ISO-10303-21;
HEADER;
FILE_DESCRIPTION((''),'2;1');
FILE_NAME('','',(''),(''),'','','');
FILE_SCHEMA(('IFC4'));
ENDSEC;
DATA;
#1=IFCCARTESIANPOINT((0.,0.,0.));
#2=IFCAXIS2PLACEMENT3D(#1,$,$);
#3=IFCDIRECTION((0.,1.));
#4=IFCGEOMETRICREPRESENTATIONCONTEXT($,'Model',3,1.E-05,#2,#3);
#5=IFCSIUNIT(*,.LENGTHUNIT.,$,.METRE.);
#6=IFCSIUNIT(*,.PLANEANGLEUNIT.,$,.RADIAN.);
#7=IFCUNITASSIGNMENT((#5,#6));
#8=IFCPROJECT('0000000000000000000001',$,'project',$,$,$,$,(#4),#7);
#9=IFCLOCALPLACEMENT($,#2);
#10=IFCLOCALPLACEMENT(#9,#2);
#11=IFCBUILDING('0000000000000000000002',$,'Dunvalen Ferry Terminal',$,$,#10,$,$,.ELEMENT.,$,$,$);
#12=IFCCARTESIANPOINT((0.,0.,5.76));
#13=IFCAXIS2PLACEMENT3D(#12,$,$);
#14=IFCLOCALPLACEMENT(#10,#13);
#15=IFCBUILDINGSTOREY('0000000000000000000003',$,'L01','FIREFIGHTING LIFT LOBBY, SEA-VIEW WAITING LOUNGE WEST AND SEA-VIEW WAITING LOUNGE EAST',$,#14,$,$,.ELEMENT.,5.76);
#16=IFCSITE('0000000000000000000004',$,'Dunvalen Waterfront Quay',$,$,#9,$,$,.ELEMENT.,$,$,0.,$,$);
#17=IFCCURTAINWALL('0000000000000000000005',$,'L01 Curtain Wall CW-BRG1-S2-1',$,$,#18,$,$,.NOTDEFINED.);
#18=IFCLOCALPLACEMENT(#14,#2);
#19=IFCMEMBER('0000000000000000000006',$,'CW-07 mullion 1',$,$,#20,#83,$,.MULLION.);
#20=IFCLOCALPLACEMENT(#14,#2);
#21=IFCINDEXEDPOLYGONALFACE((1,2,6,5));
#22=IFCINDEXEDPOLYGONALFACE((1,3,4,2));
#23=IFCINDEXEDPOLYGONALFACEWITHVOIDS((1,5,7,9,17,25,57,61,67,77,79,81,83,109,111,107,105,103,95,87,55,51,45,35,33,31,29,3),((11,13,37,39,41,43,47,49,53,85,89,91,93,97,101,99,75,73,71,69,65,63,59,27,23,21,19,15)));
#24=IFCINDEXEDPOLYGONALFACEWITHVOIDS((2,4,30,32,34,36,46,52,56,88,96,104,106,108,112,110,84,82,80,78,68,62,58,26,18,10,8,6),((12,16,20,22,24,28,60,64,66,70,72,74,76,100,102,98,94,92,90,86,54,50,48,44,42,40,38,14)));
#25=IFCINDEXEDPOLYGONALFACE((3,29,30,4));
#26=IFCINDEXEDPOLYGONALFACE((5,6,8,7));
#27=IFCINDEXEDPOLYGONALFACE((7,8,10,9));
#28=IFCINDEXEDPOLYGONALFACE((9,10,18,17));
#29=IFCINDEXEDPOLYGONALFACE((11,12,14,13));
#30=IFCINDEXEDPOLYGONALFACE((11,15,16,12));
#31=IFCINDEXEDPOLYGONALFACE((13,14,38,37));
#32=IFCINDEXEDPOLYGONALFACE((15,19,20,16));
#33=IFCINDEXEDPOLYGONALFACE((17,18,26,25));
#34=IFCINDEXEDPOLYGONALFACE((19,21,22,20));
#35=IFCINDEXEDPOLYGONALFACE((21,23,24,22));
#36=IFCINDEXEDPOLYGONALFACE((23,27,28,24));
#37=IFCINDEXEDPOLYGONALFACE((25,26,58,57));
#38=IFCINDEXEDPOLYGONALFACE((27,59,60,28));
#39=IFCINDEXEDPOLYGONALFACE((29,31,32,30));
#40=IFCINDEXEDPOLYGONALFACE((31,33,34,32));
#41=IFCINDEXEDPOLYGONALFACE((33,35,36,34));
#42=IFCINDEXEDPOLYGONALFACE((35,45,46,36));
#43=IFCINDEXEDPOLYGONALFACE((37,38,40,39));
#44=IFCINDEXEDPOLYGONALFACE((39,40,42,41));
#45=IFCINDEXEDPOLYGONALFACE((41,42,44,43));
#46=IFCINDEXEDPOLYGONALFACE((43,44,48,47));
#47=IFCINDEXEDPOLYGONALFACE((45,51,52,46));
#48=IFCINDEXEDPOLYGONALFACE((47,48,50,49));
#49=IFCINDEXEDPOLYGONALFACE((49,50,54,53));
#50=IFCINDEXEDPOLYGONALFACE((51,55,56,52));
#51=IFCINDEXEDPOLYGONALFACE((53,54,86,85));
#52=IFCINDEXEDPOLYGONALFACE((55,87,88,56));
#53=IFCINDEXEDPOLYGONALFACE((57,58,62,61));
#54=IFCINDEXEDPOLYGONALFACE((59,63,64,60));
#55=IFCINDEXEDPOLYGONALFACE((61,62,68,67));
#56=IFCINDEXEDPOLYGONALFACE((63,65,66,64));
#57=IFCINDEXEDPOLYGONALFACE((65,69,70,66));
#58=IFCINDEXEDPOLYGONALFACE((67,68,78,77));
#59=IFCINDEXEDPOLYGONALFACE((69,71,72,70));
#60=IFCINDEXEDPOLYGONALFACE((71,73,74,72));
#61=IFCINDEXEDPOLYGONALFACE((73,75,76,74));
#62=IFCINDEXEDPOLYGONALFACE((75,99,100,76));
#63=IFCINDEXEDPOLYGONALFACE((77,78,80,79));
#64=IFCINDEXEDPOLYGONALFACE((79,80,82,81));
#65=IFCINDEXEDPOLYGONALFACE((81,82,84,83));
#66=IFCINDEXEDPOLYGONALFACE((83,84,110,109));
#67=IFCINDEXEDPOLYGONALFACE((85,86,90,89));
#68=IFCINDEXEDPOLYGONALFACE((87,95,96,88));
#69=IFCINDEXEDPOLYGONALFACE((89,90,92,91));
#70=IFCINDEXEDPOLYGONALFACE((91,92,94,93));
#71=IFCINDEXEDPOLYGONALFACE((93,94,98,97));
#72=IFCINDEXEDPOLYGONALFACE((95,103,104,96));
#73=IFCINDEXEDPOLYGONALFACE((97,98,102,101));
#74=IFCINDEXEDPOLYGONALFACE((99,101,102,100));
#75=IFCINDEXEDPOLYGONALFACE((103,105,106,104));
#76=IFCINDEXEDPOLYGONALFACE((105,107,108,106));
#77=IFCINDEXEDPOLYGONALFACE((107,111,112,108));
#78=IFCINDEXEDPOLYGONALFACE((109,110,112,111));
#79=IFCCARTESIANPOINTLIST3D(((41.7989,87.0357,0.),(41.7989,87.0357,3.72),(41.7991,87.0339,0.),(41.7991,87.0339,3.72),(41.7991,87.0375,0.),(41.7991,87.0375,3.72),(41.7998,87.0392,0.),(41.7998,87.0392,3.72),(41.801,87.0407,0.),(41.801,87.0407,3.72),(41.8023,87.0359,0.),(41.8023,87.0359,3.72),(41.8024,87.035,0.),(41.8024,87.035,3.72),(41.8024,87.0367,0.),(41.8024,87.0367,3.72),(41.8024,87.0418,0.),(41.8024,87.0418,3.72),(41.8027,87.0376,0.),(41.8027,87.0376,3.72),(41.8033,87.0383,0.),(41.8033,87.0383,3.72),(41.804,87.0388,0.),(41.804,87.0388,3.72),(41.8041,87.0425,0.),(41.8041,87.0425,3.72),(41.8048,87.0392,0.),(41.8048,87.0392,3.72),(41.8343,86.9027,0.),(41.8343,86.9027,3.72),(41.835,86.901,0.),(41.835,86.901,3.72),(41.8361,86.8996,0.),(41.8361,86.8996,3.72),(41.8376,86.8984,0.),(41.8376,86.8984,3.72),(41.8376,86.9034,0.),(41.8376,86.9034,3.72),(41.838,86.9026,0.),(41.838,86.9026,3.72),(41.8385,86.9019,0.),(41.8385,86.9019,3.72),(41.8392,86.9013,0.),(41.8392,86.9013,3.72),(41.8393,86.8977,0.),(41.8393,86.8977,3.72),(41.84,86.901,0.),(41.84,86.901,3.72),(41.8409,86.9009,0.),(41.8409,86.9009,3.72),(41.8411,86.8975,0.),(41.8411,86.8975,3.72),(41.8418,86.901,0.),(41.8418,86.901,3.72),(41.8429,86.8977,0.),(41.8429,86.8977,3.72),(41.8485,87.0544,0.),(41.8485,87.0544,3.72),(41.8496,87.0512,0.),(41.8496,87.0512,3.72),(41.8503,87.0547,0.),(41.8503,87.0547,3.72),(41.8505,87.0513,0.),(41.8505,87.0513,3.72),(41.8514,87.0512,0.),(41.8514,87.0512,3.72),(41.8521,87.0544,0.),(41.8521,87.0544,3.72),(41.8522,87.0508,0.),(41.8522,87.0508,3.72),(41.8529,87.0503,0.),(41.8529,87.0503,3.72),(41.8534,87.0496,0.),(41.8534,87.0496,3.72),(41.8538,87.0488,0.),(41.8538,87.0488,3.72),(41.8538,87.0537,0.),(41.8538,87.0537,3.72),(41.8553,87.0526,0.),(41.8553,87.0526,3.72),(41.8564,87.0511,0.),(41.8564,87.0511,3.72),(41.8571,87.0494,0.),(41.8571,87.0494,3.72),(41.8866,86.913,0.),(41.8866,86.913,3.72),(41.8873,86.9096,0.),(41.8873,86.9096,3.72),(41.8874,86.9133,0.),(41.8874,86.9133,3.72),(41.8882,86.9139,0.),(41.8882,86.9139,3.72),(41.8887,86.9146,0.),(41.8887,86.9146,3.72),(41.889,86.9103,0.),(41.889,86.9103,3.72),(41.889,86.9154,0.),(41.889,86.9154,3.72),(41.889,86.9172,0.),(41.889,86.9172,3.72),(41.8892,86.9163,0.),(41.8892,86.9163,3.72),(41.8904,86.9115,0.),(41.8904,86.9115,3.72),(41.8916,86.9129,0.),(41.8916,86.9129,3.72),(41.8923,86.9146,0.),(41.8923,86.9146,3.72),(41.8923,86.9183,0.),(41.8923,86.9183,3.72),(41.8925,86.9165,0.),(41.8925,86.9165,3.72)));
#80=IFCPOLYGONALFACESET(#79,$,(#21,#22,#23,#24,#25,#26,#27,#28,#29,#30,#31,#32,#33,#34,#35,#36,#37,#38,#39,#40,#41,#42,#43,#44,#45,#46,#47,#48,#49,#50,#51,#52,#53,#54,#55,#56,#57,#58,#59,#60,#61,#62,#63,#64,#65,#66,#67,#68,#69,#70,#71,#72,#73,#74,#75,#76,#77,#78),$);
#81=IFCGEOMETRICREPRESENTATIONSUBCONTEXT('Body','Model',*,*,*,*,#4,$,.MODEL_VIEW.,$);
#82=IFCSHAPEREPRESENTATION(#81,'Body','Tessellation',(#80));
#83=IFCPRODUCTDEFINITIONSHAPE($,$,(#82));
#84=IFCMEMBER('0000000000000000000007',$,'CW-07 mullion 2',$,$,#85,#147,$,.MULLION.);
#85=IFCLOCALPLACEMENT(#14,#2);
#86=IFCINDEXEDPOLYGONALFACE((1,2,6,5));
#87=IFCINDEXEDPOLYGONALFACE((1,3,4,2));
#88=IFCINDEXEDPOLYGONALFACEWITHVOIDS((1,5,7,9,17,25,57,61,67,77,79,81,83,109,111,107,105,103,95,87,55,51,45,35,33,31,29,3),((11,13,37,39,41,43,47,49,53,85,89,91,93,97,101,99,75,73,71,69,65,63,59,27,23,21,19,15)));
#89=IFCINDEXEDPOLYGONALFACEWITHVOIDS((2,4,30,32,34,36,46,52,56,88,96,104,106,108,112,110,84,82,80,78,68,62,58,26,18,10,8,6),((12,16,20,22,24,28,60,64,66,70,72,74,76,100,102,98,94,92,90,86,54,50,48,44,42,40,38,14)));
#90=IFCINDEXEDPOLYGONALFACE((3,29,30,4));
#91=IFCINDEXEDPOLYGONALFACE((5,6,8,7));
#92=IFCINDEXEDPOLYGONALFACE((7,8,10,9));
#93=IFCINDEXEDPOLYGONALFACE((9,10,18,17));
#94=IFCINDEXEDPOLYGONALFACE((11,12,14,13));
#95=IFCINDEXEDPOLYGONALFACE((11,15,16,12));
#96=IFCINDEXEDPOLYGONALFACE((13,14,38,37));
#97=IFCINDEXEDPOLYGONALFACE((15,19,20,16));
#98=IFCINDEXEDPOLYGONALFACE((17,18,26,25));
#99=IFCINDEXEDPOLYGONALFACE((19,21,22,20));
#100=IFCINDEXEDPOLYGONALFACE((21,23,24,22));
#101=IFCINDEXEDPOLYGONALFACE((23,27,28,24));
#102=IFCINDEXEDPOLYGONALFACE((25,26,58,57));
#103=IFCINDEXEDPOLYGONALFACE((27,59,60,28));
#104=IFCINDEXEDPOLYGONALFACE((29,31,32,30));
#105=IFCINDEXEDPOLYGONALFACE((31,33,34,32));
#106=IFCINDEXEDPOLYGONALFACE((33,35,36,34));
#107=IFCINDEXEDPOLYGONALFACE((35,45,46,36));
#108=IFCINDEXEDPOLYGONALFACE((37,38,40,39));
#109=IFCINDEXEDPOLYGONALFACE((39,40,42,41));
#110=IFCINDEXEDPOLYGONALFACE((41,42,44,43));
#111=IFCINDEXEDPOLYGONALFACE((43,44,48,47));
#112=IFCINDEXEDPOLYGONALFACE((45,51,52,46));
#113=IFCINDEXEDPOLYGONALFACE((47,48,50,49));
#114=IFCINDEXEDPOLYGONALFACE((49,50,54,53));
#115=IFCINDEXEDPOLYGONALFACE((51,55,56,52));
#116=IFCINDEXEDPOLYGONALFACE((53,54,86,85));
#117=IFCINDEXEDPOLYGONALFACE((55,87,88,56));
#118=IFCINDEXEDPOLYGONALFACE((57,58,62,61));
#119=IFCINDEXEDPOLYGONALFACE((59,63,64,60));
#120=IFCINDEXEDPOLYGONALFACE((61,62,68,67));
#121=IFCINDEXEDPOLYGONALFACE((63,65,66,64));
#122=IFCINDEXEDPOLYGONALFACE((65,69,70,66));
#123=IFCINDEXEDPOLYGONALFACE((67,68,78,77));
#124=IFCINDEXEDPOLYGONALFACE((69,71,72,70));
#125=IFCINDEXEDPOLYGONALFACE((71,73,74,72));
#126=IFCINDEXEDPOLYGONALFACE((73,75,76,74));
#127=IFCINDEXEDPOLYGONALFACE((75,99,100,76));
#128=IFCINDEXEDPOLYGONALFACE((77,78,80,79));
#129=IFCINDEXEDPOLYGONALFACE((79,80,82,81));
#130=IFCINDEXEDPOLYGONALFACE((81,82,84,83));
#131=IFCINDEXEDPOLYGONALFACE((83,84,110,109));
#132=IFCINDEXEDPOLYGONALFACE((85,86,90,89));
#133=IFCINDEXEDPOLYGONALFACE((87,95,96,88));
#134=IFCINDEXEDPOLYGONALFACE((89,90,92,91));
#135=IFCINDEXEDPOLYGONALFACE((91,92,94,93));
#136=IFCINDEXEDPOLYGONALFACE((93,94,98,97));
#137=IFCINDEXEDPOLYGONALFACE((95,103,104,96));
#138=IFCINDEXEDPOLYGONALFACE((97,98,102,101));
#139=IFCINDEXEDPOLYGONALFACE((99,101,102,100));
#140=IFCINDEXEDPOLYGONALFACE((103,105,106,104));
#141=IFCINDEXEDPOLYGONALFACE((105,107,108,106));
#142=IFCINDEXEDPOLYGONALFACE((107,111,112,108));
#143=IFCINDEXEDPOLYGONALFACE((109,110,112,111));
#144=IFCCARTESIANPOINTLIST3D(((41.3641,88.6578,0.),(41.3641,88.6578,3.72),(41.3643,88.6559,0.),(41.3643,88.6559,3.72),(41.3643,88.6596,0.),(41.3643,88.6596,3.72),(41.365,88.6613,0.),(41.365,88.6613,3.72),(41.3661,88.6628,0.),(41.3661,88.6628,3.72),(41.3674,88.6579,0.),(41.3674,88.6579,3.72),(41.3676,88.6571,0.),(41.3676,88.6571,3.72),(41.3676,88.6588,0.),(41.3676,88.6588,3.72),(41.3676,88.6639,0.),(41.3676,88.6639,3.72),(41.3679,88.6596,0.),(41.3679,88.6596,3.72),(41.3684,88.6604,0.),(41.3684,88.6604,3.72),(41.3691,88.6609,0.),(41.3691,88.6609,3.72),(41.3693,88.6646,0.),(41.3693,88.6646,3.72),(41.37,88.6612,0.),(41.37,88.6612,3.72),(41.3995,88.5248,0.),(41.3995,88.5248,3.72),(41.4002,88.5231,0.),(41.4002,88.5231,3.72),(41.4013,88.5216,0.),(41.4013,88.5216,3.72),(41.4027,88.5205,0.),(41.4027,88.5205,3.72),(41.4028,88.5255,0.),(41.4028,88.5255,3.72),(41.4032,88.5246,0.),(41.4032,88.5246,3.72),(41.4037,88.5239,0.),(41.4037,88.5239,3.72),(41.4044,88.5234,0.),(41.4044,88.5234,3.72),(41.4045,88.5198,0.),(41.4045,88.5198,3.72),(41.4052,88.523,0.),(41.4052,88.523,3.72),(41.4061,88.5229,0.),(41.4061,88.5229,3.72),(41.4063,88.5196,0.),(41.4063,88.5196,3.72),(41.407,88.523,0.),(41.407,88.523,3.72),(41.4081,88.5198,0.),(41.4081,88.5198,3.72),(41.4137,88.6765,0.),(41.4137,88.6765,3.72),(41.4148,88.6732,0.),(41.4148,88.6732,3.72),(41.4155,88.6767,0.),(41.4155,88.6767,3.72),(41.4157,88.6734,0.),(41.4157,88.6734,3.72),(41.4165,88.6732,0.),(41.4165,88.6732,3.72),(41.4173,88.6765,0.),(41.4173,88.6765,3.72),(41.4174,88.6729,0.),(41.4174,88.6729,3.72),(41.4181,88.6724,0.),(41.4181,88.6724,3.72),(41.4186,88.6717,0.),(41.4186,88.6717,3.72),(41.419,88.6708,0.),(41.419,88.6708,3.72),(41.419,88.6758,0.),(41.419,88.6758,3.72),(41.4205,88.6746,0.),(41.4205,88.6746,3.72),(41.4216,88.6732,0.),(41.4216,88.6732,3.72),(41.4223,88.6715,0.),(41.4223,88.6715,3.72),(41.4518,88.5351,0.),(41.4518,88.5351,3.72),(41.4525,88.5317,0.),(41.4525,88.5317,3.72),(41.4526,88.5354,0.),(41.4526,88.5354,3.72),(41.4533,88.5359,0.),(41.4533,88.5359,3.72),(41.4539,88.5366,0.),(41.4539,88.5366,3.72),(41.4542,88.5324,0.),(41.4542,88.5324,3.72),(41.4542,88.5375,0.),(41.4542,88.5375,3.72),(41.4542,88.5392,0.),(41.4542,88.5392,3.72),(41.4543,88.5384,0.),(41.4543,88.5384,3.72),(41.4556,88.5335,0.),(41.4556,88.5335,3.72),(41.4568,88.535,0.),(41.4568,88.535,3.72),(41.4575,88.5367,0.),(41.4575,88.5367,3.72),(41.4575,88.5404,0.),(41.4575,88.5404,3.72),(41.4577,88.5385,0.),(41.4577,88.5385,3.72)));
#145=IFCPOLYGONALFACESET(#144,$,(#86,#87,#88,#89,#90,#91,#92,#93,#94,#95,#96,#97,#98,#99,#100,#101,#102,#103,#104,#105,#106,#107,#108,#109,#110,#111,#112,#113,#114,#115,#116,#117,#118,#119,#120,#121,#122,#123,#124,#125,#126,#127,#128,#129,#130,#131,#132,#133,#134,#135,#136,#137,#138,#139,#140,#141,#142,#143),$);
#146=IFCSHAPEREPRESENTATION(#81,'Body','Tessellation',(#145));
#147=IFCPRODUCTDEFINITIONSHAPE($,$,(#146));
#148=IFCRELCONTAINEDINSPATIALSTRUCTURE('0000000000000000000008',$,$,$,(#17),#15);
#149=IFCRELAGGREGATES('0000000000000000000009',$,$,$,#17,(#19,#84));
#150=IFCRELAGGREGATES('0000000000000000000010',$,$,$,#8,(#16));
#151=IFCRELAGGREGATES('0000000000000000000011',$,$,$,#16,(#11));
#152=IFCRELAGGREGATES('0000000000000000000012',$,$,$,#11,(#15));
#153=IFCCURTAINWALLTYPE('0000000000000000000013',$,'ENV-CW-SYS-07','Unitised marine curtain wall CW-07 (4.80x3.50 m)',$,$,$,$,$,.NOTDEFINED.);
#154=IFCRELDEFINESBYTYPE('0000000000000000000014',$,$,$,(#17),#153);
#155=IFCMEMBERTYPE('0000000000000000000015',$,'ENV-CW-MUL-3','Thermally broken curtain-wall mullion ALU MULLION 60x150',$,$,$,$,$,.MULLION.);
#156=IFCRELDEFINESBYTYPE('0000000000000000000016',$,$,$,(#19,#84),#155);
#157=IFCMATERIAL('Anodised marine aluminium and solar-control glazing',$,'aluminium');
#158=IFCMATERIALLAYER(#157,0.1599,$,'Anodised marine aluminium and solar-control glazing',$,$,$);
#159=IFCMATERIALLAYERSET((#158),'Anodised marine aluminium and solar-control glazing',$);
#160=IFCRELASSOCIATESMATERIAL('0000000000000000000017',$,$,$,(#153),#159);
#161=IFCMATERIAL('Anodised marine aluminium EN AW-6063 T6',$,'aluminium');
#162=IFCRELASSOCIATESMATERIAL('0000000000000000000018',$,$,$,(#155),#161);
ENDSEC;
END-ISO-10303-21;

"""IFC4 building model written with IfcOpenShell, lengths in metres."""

from ifc_helpers import new_model, si_unit, direction, frame, origin, origin_2d, place, context, subcontext, project, spatial, hollow_rectangle, extrude, material, layer, layer_set, material_profile, profile_set, type_object, element, aggregate, save


model = new_model("IFC4")

# Units and contexts
model_context = context("Model", 3, precision=1e-05, world=origin(), true_north=direction((0.0, 1.0)))
body_context = subcontext(model_context, "Body", "Model", "MODEL_VIEW")
ifc_project = project(units=[si_unit("LENGTHUNIT", "METRE"), si_unit("PLANEANGLEUNIT", "RADIAN")], contexts=[model_context])

# Site, building, storey
site_placement = place(None, origin())
site = spatial("IfcSite", under=ifc_project, at=site_placement, Name="Dunvalen Waterfront Quay", CompositionType="ELEMENT", RefElevation=0.0)
building_placement = place(site_placement, origin())
building = spatial("IfcBuilding", under=site, at=building_placement, Name="Dunvalen Ferry Terminal", CompositionType="ELEMENT")
storey_placement = place(building_placement, frame((0.0, 0.0, 5.76)))
storey = spatial("IfcBuildingStorey", under=building, at=storey_placement, Name="L01", Description="FIREFIGHTING LIFT LOBBY, SEA-VIEW WAITING LOUNGE WEST AND SEA-VIEW WAITING LOUNGE EAST", CompositionType="ELEMENT", Elevation=5.76)

# Curtain wall, members
ifc_material_1 = material(Name="Anodised marine aluminium and solar-control glazing", Category="aluminium")
ifc_layer_1 = layer(ifc_material_1, 0.1599, Name="Anodised marine aluminium and solar-control glazing")
ifc_layer_set_1 = layer_set([ifc_layer_1], Name="Anodised marine aluminium and solar-control glazing")
curtain_wall_type = type_object("IfcCurtainWallType", Name="ENV-CW-SYS-07", Description="Unitised marine curtain wall CW-07 (4.80x3.50 m)", PredefinedType="NOTDEFINED", material=ifc_layer_set_1)
curtain_wall_1_placement = place(storey_placement, origin())
curtain_wall_1 = element("IfcCurtainWall", 1, at=curtain_wall_1_placement, inside=storey, type_object=curtain_wall_type, Name="L01 Curtain Wall CW-BRG1-S2-1", PredefinedType="NOTDEFINED")
ifc_material_2 = material(Name="Anodised marine aluminium EN AW-6063 T6", Category="aluminium")
ifc_material_profile_1 = material_profile(ifc_material_2, hollow_rectangle(XDim=0.0601, YDim=0.1499, WallThickness=0.0034, InnerFilletRadius=0.0034, OuterFilletRadius=0.0071, at=origin_2d()), Name="Anodised marine aluminium EN AW-6063 T6")
ifc_profile_set_1 = profile_set([ifc_material_profile_1], Name="Anodised marine aluminium EN AW-6063 T6")
member_type_1 = type_object("IfcMemberType", Name="ENV-CW-MUL-3", Description="Thermally broken curtain-wall mullion ALU MULLION 60x150", PredefinedType="MULLION", material=ifc_profile_set_1)
member_1_placement = place(storey_placement, frame((41.8457, 86.9761, 0.0), z_axis=(0.0, 0.0, 1.0), x_axis=(-0.965919, -0.258843, 0.0)))
member_1 = element("IfcMember", 2, at=member_1_placement, type_object=member_type_1, Name="CW-07 mullion 1", PredefinedType="MULLION", context=body_context, shape_type="SweptSolid", body=[
    extrude(hollow_rectangle(XDim=0.0601, YDim=0.1499, WallThickness=0.0034, InnerFilletRadius=0.0034, OuterFilletRadius=0.0071, at=origin_2d()), origin(), (0.0, 0.0, 1.0), 3.72),
])
member_2_placement = place(storey_placement, frame((41.4109, 88.5981, 0.0), z_axis=(0.0, 0.0, 1.0), x_axis=(-0.965919, -0.258843, 0.0)))
member_2 = element("IfcMember", 3, at=member_2_placement, type_object=member_type_1, Name="CW-07 mullion 2", PredefinedType="MULLION", context=body_context, shape_type="SweptSolid", body=[
    extrude(hollow_rectangle(XDim=0.0601, YDim=0.1499, WallThickness=0.0034, InnerFilletRadius=0.0034, OuterFilletRadius=0.0071, at=origin_2d()), origin(), (0.0, 0.0, 1.0), 3.72),
])

aggregate(curtain_wall_1, [member_1, member_2])

save(model, "model.ifc")
